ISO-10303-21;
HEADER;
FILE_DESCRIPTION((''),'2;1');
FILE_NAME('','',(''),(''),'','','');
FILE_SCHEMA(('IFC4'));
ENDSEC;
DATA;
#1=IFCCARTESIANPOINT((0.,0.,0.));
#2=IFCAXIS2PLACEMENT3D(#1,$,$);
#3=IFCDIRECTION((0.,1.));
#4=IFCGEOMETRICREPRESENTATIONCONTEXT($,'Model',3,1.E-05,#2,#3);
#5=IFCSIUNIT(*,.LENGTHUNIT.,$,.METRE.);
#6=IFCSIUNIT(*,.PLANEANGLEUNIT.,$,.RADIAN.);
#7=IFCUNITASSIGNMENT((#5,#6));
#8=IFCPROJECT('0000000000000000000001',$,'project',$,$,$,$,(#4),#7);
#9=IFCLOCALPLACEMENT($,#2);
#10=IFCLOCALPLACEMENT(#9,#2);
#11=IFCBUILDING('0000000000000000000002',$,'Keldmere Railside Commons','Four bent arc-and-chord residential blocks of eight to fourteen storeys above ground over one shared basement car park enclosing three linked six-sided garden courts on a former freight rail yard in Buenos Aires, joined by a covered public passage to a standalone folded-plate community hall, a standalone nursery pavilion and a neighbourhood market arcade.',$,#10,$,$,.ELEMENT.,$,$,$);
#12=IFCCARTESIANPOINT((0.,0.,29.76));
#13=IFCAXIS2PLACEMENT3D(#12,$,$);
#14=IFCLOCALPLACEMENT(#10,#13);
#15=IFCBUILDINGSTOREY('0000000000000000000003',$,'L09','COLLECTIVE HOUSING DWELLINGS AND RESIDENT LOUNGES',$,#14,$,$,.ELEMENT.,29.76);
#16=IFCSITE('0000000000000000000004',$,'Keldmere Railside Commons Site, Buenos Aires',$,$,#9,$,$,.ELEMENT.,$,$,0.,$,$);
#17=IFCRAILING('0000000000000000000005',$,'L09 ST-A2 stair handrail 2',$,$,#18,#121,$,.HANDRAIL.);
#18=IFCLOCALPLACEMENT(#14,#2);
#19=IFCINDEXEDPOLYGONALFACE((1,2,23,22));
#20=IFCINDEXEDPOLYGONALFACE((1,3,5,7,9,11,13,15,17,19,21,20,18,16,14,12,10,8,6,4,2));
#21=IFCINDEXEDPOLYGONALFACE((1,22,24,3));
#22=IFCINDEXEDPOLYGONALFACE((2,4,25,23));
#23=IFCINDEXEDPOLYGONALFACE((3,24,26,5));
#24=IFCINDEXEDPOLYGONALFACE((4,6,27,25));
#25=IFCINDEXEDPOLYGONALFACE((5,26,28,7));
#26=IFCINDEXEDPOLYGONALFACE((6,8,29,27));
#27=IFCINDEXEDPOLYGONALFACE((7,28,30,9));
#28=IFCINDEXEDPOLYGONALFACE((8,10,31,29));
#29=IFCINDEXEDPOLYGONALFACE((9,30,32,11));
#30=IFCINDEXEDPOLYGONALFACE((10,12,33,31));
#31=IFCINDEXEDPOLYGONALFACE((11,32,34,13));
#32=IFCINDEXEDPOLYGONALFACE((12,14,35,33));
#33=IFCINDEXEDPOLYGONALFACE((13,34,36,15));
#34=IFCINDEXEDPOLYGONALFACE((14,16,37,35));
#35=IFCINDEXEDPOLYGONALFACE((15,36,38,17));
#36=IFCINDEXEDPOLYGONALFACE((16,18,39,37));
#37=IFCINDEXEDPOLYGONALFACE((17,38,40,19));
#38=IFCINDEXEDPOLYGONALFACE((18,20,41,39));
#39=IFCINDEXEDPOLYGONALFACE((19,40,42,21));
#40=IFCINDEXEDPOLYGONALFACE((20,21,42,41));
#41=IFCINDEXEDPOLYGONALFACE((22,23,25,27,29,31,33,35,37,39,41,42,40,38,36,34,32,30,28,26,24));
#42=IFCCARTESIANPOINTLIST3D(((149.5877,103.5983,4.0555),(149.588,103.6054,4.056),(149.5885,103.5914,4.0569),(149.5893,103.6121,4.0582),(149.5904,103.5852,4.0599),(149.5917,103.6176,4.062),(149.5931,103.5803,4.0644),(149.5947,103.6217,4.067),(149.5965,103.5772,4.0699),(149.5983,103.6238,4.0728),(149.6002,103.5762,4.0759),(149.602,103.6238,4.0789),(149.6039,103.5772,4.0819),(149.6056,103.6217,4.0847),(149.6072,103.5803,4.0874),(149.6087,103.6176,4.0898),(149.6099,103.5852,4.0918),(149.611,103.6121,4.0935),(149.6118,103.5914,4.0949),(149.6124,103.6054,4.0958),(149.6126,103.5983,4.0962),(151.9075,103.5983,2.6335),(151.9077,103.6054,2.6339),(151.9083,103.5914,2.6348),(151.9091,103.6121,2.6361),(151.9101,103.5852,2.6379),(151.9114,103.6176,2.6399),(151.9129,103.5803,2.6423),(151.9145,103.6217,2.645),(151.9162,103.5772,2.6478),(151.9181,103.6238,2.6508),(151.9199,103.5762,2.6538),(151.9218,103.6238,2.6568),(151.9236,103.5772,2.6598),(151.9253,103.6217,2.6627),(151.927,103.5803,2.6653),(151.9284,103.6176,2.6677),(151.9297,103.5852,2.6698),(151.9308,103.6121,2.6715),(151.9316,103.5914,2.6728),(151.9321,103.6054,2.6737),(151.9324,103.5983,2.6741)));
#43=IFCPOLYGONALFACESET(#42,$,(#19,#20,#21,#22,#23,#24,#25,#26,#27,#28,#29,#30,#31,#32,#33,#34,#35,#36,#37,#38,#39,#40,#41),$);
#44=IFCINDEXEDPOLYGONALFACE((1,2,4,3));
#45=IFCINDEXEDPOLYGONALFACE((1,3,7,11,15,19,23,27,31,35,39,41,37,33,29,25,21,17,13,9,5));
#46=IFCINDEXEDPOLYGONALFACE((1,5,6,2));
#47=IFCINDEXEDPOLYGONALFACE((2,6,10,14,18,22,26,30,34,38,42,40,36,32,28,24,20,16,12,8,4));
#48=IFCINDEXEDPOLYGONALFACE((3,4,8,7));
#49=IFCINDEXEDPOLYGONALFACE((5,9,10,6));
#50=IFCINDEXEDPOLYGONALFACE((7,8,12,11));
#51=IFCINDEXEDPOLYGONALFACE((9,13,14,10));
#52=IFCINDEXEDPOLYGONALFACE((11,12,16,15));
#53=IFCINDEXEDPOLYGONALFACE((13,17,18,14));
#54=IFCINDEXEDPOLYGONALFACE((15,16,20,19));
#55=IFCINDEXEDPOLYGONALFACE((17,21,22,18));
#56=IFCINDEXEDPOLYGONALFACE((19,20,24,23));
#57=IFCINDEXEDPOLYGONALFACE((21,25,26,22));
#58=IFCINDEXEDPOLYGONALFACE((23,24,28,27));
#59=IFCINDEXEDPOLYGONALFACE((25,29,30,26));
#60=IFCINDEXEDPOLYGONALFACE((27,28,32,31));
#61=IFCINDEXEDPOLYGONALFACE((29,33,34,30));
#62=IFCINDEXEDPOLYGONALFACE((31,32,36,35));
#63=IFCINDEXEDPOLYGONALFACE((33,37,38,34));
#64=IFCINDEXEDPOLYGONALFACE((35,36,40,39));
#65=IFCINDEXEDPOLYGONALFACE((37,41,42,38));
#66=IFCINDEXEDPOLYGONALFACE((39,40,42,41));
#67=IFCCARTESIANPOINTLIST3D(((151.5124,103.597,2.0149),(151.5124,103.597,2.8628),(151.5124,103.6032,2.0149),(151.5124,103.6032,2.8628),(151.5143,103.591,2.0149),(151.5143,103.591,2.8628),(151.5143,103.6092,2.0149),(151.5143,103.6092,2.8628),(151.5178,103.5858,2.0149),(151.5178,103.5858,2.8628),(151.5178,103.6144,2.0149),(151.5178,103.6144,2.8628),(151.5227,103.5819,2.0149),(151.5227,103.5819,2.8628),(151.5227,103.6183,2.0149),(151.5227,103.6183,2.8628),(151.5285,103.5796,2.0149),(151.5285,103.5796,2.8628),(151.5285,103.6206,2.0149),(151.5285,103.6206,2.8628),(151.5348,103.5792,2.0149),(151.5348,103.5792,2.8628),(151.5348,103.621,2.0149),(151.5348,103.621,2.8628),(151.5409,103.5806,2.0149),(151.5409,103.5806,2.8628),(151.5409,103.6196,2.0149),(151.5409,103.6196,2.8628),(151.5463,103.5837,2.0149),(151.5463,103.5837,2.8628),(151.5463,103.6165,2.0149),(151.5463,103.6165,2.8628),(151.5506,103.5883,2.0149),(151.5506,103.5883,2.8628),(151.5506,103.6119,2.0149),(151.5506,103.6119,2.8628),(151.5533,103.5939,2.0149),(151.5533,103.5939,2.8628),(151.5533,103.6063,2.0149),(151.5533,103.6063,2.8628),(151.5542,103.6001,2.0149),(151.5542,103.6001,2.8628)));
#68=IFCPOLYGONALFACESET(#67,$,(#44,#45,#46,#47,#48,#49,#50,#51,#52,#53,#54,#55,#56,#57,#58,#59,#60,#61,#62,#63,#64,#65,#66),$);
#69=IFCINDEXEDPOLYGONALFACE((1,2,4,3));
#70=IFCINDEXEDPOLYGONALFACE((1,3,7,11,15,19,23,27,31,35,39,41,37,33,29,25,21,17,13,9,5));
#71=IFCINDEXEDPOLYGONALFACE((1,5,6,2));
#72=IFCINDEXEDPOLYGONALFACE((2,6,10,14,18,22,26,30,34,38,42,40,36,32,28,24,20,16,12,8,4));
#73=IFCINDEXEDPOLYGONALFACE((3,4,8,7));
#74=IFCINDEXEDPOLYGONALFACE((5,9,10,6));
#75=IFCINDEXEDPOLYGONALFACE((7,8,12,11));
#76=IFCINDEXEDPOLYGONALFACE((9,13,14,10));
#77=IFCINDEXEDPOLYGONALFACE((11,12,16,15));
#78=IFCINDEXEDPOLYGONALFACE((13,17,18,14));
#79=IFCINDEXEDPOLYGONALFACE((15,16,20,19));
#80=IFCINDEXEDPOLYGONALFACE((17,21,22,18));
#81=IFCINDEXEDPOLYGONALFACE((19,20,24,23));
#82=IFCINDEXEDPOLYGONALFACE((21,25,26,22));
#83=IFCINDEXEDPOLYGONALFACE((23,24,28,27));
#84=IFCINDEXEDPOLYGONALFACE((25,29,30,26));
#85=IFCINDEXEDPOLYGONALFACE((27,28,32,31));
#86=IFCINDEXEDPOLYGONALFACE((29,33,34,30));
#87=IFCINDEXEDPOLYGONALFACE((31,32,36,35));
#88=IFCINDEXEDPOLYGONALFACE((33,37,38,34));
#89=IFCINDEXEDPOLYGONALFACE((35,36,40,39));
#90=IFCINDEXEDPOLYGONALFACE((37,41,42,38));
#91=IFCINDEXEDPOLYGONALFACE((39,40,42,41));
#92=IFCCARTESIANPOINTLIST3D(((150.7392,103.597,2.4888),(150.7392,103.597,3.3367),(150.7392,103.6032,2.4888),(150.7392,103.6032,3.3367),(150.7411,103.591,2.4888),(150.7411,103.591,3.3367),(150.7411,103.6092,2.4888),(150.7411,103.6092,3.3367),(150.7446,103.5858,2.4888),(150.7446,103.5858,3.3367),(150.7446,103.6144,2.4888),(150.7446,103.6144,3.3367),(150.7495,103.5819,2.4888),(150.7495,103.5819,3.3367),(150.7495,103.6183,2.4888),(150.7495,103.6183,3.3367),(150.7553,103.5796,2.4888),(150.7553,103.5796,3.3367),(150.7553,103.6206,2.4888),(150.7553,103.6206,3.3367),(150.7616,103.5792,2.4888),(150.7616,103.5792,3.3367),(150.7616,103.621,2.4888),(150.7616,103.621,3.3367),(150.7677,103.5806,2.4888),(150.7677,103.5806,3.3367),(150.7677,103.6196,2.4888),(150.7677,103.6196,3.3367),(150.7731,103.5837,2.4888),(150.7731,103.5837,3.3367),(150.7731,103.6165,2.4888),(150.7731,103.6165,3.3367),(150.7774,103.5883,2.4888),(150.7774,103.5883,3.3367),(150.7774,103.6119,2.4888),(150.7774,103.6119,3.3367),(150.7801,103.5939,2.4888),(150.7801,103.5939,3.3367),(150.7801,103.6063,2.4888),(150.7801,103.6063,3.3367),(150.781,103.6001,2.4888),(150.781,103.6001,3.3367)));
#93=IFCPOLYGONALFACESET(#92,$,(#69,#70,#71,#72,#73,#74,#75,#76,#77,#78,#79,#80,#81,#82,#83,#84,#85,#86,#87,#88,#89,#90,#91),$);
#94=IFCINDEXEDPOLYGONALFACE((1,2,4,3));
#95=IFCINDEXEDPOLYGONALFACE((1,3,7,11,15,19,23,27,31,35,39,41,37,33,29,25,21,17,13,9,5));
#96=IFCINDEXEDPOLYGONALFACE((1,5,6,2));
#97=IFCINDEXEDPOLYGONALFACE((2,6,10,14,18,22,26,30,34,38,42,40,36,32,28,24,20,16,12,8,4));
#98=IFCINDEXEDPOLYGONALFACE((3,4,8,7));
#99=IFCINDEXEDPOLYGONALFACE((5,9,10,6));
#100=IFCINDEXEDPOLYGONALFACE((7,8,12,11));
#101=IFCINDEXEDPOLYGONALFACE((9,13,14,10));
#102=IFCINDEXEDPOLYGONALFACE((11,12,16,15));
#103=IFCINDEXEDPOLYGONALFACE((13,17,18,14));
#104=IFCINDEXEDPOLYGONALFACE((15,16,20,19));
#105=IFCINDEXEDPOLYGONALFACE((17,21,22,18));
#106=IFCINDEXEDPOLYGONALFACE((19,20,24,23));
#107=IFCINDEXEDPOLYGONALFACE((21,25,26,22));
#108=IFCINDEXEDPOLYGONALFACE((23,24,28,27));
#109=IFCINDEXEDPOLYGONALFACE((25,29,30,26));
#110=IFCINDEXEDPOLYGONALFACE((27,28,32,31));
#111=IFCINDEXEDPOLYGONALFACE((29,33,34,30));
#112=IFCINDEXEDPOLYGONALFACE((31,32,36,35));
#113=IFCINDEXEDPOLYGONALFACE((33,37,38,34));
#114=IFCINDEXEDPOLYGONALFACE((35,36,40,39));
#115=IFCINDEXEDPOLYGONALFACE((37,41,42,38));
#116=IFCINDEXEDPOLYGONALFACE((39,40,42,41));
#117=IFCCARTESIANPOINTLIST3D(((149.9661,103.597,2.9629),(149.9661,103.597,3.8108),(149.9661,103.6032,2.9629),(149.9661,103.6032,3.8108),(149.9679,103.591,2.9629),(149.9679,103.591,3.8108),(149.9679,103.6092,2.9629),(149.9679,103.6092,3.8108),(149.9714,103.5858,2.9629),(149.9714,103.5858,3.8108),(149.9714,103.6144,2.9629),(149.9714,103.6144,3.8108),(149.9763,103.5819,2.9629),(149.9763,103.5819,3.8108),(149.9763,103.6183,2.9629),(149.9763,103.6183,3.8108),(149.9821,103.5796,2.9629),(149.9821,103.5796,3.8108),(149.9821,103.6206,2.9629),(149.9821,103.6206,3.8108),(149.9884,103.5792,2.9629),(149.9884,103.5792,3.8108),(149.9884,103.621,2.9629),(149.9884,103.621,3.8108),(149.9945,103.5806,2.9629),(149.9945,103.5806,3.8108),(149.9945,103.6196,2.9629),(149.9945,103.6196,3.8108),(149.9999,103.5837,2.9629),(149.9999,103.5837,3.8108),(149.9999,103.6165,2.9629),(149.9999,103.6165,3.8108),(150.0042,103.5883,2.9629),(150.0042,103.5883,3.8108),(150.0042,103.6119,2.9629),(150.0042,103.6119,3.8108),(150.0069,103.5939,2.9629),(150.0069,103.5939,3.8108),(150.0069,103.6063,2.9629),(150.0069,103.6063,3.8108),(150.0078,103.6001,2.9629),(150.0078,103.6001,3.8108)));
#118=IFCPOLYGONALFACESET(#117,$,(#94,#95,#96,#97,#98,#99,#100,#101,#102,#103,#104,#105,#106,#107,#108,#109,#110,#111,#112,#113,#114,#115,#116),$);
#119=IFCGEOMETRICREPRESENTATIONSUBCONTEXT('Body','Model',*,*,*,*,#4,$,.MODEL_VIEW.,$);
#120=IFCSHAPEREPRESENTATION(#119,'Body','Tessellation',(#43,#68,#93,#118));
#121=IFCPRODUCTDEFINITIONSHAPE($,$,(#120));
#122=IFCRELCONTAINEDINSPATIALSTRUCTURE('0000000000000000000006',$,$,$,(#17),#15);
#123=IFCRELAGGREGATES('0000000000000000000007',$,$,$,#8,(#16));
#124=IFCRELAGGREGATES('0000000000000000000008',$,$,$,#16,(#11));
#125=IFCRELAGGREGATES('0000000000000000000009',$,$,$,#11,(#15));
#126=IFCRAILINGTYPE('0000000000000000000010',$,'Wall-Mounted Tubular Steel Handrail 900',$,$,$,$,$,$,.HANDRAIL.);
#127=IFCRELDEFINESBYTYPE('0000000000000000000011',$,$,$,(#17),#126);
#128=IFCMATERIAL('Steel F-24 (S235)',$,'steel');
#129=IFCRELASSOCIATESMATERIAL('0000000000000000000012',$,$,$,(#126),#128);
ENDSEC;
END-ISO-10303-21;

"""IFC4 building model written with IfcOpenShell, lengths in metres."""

from ifc_helpers import new_model, si_unit, direction, frame, origin, origin_2d, place, context, subcontext, project, spatial, circle, extrude, material, type_object, element, save


model = new_model("IFC4")

# Units and contexts
model_context = context("Model", 3, precision=1e-05, world=origin(), true_north=direction((0.0, 1.0)))
body_context = subcontext(model_context, "Body", "Model", "MODEL_VIEW")
ifc_project = project(units=[si_unit("LENGTHUNIT", "METRE"), si_unit("PLANEANGLEUNIT", "RADIAN")], contexts=[model_context])

# Site, building, storey
site_placement = place(None, origin())
site = spatial("IfcSite", under=ifc_project, at=site_placement, Name="Keldmere Railside Commons Site, Buenos Aires", CompositionType="ELEMENT", RefElevation=0.0)
building_placement = place(site_placement, origin())
building = spatial("IfcBuilding", under=site, at=building_placement, Name="Keldmere Railside Commons", Description="Four bent arc-and-chord residential blocks of eight to fourteen storeys above ground over one shared basement car park enclosing three linked six-sided garden courts on a former freight rail yard in Buenos Aires, joined by a covered public passage to a standalone folded-plate community hall, a standalone nursery pavilion and a neighbourhood market arcade.", CompositionType="ELEMENT")
storey_placement = place(building_placement, frame((0.0, 0.0, 29.76)))
storey = spatial("IfcBuildingStorey", under=building, at=storey_placement, Name="L09", Description="COLLECTIVE HOUSING DWELLINGS AND RESIDENT LOUNGES", CompositionType="ELEMENT", Elevation=29.76)

# Railing
ifc_material_1 = material(Name="Steel F-24 (S235)", Category="steel")
railing_type_1 = type_object("IfcRailingType", Name="Wall-Mounted Tubular Steel Handrail 900", PredefinedType="HANDRAIL", material=ifc_material_1)
railing_1_placement = place(storey_placement, frame((151.9199, 103.6001, 1.7778)))
element("IfcRailing", 1, at=railing_1_placement, inside=storey, type_object=railing_type_1, Name="L09 ST-A2 stair handrail 2", PredefinedType="HANDRAIL", context=body_context, shape_type="SweptSolid", body=[
    extrude(circle(Radius=0.0239, at=origin_2d()), frame((0.0, 0.0, 0.876), z_axis=(-0.852554, 0.0, 0.52264), x_axis=(0.0, -1.0, 0.0)), (0.0, 0.0, 1.0), 2.7209),
    extrude(circle(Radius=0.021, at=origin_2d()), frame((-0.3867, 0.0, 0.2371)), (0.0, 0.0, 1.0), 0.8479),
    extrude(circle(Radius=0.021, at=origin_2d()), frame((-1.1599, 0.0, 0.7109)), (0.0, 0.0, 1.0), 0.8479),
    extrude(circle(Radius=0.021, at=origin_2d()), frame((-1.9331, 0.0, 1.1851)), (0.0, 0.0, 1.0), 0.8479),
])

save(model, "model.ifc")
